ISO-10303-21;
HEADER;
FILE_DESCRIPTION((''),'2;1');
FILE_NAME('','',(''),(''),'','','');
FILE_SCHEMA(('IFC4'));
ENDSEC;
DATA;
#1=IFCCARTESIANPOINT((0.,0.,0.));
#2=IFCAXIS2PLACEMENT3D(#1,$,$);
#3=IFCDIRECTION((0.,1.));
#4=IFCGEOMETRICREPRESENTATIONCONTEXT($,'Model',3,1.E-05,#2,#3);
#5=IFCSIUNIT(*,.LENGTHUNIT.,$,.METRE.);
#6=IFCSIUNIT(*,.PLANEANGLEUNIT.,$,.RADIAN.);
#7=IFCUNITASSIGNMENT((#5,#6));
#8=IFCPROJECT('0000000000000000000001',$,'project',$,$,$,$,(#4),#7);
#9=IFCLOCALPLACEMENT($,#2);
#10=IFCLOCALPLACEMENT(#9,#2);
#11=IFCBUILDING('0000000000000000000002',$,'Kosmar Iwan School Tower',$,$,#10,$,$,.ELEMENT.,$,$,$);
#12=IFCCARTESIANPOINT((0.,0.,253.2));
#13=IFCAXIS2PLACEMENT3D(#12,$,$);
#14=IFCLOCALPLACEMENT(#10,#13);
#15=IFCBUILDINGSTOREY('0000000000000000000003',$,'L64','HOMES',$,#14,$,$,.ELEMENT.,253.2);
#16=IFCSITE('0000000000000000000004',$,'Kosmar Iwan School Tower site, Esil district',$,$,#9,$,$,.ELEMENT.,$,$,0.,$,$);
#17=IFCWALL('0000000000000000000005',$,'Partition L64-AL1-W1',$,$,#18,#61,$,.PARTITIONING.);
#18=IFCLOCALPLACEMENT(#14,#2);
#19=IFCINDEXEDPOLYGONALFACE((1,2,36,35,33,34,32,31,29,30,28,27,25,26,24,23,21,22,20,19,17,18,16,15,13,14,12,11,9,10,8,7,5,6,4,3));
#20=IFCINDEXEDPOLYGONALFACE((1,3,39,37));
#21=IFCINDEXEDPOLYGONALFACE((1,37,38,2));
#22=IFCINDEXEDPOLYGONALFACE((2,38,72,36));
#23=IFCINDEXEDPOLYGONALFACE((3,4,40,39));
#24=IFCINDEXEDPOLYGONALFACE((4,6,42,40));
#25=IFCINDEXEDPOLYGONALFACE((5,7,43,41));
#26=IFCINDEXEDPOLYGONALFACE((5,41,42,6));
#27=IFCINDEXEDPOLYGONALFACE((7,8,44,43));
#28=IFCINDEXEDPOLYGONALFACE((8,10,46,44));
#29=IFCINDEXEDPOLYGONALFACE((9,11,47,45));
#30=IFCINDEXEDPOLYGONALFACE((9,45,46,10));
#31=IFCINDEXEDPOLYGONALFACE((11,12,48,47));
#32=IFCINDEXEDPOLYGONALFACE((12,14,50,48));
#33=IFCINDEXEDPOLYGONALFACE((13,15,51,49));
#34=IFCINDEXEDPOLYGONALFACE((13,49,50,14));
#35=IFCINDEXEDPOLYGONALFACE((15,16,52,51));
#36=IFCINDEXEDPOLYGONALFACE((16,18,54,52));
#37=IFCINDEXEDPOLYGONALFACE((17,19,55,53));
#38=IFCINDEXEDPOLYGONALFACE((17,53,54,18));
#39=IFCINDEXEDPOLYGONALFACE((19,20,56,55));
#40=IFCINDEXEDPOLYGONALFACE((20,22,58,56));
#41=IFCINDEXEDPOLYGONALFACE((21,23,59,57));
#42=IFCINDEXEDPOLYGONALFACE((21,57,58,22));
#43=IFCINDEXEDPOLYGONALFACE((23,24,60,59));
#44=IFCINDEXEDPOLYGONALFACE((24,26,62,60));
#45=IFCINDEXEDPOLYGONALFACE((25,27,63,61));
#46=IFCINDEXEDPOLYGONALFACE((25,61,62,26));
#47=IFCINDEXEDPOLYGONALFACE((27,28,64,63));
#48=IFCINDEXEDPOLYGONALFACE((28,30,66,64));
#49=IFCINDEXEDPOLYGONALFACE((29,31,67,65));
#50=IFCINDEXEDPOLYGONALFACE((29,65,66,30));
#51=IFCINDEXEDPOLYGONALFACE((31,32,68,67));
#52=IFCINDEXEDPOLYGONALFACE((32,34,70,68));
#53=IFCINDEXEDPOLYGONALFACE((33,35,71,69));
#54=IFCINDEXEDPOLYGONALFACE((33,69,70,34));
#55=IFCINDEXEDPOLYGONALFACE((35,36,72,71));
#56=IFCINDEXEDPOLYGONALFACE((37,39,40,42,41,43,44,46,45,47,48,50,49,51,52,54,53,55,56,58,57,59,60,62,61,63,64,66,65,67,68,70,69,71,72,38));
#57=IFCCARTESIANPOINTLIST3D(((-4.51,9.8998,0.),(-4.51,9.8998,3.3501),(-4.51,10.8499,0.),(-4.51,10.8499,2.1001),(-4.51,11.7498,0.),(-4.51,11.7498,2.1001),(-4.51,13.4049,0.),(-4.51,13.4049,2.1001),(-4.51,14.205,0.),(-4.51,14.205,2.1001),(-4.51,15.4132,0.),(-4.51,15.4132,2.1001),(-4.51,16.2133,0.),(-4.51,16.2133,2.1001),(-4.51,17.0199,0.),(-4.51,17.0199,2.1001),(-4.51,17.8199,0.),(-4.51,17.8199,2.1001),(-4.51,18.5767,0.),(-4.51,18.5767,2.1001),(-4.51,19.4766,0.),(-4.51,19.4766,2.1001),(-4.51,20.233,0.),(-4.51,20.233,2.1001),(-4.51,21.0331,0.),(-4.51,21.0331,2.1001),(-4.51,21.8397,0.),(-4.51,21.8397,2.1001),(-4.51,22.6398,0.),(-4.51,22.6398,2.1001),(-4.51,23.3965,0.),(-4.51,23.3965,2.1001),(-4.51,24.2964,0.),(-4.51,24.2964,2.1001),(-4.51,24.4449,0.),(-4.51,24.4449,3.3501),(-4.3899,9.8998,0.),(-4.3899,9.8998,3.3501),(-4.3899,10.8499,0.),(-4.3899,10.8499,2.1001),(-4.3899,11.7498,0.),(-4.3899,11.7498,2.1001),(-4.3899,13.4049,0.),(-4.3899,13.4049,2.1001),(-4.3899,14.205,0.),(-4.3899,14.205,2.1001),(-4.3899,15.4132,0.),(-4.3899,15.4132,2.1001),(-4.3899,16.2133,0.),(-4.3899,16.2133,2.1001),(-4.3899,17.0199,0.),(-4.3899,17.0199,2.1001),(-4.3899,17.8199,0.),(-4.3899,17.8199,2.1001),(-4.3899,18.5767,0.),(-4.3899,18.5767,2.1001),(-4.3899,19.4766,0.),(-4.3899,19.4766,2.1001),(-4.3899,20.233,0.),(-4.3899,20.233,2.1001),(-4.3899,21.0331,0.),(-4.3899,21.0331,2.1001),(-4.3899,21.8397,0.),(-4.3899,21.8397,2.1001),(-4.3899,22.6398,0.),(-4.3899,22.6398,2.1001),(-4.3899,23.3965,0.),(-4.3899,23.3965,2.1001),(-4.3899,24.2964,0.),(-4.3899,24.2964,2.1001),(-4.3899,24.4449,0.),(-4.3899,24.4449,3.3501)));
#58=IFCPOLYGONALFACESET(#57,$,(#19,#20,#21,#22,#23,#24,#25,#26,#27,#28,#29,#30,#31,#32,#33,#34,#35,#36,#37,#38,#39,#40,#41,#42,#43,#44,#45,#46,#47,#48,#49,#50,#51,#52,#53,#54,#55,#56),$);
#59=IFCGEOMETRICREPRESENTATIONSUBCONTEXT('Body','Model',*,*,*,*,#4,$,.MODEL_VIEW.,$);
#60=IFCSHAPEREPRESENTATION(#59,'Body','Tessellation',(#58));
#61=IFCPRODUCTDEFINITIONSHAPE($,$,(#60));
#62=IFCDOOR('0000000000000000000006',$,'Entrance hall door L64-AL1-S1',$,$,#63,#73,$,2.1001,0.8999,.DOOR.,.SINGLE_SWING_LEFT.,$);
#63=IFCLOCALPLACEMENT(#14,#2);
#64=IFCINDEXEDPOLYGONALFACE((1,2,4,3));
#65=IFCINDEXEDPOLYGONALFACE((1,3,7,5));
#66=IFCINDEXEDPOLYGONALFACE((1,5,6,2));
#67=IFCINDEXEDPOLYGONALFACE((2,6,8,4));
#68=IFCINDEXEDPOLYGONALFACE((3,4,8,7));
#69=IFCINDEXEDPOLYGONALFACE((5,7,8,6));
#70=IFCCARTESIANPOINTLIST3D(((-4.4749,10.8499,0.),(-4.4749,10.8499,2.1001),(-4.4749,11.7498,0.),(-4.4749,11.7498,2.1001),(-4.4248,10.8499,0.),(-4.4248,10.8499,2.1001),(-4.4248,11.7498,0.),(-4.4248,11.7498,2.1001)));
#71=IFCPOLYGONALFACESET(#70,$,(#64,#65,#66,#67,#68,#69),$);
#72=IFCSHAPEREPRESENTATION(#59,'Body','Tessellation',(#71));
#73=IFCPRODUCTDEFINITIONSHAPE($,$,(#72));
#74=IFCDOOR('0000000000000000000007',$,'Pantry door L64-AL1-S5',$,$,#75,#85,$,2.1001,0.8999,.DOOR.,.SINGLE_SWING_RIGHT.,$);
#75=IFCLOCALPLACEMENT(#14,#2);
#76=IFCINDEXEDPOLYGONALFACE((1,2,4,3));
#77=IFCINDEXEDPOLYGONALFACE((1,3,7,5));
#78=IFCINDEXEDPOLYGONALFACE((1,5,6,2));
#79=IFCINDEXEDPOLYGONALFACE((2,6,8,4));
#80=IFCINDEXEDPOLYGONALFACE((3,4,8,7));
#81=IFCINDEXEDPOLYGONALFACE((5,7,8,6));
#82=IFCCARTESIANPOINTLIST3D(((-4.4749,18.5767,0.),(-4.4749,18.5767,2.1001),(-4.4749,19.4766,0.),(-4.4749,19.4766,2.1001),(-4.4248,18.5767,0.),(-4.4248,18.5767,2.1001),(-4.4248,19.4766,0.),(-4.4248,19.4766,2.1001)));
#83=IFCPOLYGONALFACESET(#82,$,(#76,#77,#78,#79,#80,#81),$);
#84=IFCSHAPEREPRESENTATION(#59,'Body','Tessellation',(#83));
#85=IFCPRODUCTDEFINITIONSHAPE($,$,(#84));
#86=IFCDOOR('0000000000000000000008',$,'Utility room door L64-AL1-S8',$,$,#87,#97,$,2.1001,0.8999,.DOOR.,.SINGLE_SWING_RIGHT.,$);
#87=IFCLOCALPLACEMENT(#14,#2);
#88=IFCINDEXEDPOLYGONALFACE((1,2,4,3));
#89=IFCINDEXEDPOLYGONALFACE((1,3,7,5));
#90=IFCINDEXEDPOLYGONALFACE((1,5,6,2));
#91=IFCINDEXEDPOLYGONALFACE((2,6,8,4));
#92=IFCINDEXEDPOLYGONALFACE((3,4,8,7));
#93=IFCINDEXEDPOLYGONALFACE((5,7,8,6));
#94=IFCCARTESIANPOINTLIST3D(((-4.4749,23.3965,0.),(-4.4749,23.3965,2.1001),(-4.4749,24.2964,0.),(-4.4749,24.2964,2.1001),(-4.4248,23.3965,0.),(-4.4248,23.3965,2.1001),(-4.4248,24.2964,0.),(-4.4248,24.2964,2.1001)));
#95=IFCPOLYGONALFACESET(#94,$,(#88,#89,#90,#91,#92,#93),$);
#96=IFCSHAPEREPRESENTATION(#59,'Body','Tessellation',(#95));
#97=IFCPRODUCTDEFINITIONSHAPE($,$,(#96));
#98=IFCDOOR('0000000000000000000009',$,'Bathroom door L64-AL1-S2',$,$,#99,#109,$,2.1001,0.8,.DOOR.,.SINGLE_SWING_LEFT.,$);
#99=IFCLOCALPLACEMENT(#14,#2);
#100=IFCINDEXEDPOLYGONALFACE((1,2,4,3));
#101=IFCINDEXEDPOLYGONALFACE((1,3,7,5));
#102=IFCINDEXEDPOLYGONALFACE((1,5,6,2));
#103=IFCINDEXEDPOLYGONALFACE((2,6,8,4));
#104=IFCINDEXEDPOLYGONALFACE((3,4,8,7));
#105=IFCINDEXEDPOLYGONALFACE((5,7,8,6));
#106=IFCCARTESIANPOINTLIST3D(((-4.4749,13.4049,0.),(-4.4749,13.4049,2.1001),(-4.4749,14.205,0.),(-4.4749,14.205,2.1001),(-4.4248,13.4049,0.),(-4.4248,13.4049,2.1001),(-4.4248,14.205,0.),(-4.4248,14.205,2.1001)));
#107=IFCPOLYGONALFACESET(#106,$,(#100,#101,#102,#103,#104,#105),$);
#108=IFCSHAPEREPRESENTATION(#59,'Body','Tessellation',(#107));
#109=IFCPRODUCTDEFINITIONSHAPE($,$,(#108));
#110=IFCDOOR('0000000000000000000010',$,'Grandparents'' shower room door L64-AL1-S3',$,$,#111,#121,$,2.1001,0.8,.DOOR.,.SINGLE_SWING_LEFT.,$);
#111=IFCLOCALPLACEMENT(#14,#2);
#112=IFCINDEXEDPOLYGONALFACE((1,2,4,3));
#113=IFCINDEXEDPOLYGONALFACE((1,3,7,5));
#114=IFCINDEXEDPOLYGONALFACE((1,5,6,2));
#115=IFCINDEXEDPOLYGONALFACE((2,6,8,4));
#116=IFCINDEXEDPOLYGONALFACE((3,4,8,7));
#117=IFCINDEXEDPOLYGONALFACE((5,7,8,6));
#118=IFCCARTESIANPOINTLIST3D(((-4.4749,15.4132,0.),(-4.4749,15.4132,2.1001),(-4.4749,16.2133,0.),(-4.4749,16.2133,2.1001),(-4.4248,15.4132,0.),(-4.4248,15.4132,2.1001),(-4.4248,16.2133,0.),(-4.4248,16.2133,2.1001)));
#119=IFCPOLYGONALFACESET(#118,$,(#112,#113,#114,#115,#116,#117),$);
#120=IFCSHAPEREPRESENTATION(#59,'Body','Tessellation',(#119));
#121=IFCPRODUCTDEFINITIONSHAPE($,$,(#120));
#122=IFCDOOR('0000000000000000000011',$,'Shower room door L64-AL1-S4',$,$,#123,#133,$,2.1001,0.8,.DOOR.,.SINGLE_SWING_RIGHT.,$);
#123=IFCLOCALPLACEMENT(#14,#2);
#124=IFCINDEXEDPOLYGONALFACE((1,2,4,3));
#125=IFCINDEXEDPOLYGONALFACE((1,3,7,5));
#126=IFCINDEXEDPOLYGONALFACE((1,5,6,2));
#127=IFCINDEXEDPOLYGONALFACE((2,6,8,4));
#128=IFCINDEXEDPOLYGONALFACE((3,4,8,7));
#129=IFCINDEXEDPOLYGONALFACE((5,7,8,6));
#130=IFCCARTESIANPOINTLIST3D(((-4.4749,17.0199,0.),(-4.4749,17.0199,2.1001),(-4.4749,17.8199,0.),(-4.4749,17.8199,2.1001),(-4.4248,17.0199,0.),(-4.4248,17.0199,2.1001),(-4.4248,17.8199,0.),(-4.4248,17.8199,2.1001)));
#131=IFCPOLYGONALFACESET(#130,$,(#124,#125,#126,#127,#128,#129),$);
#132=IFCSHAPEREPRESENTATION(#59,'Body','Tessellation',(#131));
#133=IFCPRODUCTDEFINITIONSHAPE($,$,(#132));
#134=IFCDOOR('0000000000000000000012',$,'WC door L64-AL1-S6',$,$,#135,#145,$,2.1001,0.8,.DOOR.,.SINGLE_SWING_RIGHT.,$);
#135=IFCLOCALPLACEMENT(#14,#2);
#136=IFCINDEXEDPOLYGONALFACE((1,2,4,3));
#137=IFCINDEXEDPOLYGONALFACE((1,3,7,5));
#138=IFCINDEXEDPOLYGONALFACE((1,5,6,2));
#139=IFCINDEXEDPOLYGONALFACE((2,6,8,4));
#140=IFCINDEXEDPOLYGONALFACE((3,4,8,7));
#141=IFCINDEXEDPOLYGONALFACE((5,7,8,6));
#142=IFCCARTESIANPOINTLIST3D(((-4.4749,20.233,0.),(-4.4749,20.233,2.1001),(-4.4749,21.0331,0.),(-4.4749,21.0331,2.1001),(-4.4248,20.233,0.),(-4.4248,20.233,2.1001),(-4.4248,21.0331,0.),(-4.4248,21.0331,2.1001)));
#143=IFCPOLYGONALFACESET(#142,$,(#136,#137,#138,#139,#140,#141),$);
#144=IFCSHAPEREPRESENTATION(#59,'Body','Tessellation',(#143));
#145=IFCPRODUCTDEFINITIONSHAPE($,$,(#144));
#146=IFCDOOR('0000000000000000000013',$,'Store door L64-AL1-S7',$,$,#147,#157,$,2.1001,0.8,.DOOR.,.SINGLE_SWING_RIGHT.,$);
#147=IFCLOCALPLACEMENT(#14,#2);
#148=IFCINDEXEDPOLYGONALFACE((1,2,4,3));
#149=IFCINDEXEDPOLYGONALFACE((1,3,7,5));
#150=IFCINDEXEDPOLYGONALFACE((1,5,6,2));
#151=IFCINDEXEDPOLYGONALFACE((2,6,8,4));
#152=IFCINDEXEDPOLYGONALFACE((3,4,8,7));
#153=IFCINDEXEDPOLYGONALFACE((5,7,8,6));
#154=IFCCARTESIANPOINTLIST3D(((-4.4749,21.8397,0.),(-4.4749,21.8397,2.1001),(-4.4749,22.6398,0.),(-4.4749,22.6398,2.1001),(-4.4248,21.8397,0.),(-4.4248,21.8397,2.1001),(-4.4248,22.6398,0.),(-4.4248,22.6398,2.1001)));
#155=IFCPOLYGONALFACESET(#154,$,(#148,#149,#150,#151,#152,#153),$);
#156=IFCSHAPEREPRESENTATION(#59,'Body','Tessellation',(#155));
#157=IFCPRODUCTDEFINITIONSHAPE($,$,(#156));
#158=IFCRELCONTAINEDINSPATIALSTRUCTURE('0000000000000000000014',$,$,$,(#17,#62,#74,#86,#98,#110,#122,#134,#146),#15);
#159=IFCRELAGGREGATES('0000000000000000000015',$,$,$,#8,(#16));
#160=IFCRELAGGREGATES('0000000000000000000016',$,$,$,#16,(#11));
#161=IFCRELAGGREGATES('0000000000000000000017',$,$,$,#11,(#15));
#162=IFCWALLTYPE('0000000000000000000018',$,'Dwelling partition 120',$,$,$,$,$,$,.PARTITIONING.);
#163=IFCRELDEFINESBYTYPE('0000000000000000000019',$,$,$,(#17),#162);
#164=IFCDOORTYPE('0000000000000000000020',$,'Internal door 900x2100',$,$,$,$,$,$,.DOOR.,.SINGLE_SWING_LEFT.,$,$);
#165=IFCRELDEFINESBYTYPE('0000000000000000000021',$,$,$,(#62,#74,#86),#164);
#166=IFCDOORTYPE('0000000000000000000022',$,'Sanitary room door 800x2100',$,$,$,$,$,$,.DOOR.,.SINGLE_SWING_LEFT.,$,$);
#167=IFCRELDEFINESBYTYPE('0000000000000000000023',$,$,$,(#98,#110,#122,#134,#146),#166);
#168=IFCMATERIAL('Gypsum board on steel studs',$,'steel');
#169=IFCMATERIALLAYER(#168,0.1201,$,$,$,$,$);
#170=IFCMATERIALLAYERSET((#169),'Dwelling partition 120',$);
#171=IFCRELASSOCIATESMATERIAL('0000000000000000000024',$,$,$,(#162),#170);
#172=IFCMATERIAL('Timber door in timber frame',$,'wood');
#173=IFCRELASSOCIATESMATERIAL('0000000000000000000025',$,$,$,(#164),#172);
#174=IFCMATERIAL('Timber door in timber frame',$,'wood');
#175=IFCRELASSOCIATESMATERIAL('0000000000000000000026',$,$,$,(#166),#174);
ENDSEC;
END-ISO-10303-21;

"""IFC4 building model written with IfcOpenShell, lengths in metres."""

from ifc_helpers import new_model, si_unit, direction, frame, frame_2d, origin, place, context, subcontext, project, spatial, rectangle, extrude, material, layer, layer_set, type_object, element, fill, save


model = new_model("IFC4")

# Units and contexts
model_context = context("Model", 3, precision=1e-05, world=origin(), true_north=direction((0.0, 1.0)))
body_context = subcontext(model_context, "Body", "Model", "MODEL_VIEW")
ifc_project = project(units=[si_unit("LENGTHUNIT", "METRE"), si_unit("PLANEANGLEUNIT", "RADIAN")], contexts=[model_context])

# Site, building, storey
site_placement = place(None, origin())
site = spatial("IfcSite", under=ifc_project, at=site_placement, Name="Kosmar Iwan School Tower site, Esil district", CompositionType="ELEMENT", RefElevation=0.0)
building_placement = place(site_placement, origin())
building = spatial("IfcBuilding", under=site, at=building_placement, Name="Kosmar Iwan School Tower", CompositionType="ELEMENT")
storey_placement = place(building_placement, frame((0.0, 0.0, 253.2)))
storey = spatial("IfcBuildingStorey", under=building, at=storey_placement, Name="L64", Description="HOMES", CompositionType="ELEMENT", Elevation=253.2)

# Wall, openings, doors
ifc_material_1 = material(Name="Gypsum board on steel studs", Category="steel")
ifc_layer_1 = layer(ifc_material_1, 0.1201)
ifc_layer_set_1 = layer_set([ifc_layer_1], Name="Dwelling partition 120")
wall_type_1 = type_object("IfcWallType", Name="Dwelling partition 120", PredefinedType="PARTITIONING", material=ifc_layer_set_1)
wall_1_placement = place(storey_placement, frame((-4.45, 9.8999, 0.0), z_axis=(0.0, 0.0, 1.0), x_axis=(0.0, 1.0, 0.0)))
wall_1 = element("IfcWall", 1, at=wall_1_placement, inside=storey, type_object=wall_type_1, Name="Partition L64-AL1-W1", PredefinedType="PARTITIONING", context=body_context, shape_type="SweptSolid", body=[
    extrude(rectangle(XDim=14.5452, YDim=0.1201, at=frame_2d((7.2725, 0.0))), origin(), (0.0, 0.0, 1.0), 3.3501),
])
opening_1_placement = place(wall_1_placement, frame((0.95, 0.0, 0.0)))
opening_1 = element("IfcOpeningElement", 2, at=opening_1_placement, cuts=wall_1, PredefinedType="OPENING", context=body_context, shape_type="SweptSolid", body=[
    extrude(rectangle(XDim=0.8999, YDim=2.1001, at=frame_2d((0.45, 1.05))), frame((0.0, 0.072, 0.0), z_axis=(0.0, -1.0, 0.0), x_axis=(1.0, 0.0, 0.0)), (0.0, 0.0, 1.0), 0.144),
])
opening_2_placement = place(wall_1_placement, frame((3.5051, 0.0, 0.0)))
opening_2 = element("IfcOpeningElement", 3, at=opening_2_placement, cuts=wall_1, PredefinedType="OPENING", context=body_context, shape_type="SweptSolid", body=[
    extrude(rectangle(XDim=0.8, YDim=2.1001, at=frame_2d((0.3999, 1.05))), frame((0.0, 0.072, 0.0), z_axis=(0.0, -1.0, 0.0), x_axis=(1.0, 0.0, 0.0)), (0.0, 0.0, 1.0), 0.144),
])
opening_3_placement = place(wall_1_placement, frame((5.5134, 0.0, 0.0)))
opening_3 = element("IfcOpeningElement", 4, at=opening_3_placement, cuts=wall_1, PredefinedType="OPENING", context=body_context, shape_type="SweptSolid", body=[
    extrude(rectangle(XDim=0.8, YDim=2.1001, at=frame_2d((0.3999, 1.05))), frame((0.0, 0.072, 0.0), z_axis=(0.0, -1.0, 0.0), x_axis=(1.0, 0.0, 0.0)), (0.0, 0.0, 1.0), 0.144),
])
opening_4_placement = place(wall_1_placement, frame((7.1201, 0.0, 0.0)))
opening_4 = element("IfcOpeningElement", 5, at=opening_4_placement, cuts=wall_1, PredefinedType="OPENING", context=body_context, shape_type="SweptSolid", body=[
    extrude(rectangle(XDim=0.8, YDim=2.1001, at=frame_2d((0.3999, 1.05))), frame((0.0, 0.072, 0.0), z_axis=(0.0, -1.0, 0.0), x_axis=(1.0, 0.0, 0.0)), (0.0, 0.0, 1.0), 0.144),
])
opening_5_placement = place(wall_1_placement, frame((8.6768, 0.0, 0.0)))
opening_5 = element("IfcOpeningElement", 6, at=opening_5_placement, cuts=wall_1, PredefinedType="OPENING", context=body_context, shape_type="SweptSolid", body=[
    extrude(rectangle(XDim=0.8999, YDim=2.1001, at=frame_2d((0.45, 1.05))), frame((0.0, 0.072, 0.0), z_axis=(0.0, -1.0, 0.0), x_axis=(1.0, 0.0, 0.0)), (0.0, 0.0, 1.0), 0.144),
])
opening_6_placement = place(wall_1_placement, frame((10.3333, 0.0, 0.0)))
opening_6 = element("IfcOpeningElement", 7, at=opening_6_placement, cuts=wall_1, PredefinedType="OPENING", context=body_context, shape_type="SweptSolid", body=[
    extrude(rectangle(XDim=0.8, YDim=2.1001, at=frame_2d((0.3999, 1.05))), frame((0.0, 0.072, 0.0), z_axis=(0.0, -1.0, 0.0), x_axis=(1.0, 0.0, 0.0)), (0.0, 0.0, 1.0), 0.144),
])
opening_7_placement = place(wall_1_placement, frame((11.9399, 0.0, 0.0)))
opening_7 = element("IfcOpeningElement", 8, at=opening_7_placement, cuts=wall_1, PredefinedType="OPENING", context=body_context, shape_type="SweptSolid", body=[
    extrude(rectangle(XDim=0.8, YDim=2.1001, at=frame_2d((0.3999, 1.05))), frame((0.0, 0.072, 0.0), z_axis=(0.0, -1.0, 0.0), x_axis=(1.0, 0.0, 0.0)), (0.0, 0.0, 1.0), 0.144),
])
opening_8_placement = place(wall_1_placement, frame((13.4966, 0.0, 0.0)))
opening_8 = element("IfcOpeningElement", 9, at=opening_8_placement, cuts=wall_1, PredefinedType="OPENING", context=body_context, shape_type="SweptSolid", body=[
    extrude(rectangle(XDim=0.8999, YDim=2.1001, at=frame_2d((0.45, 1.05))), frame((0.0, 0.072, 0.0), z_axis=(0.0, -1.0, 0.0), x_axis=(1.0, 0.0, 0.0)), (0.0, 0.0, 1.0), 0.144),
])
ifc_material_2 = material(Name="Timber door in timber frame", Category="wood")
door_type_1 = type_object("IfcDoorType", Name="Internal door 900x2100", OperationType="SINGLE_SWING_LEFT", PredefinedType="DOOR", material=ifc_material_2)
door_1_placement = place(opening_1_placement, origin())
door_1 = element("IfcDoor", 10, at=door_1_placement, inside=storey, type_object=door_type_1, Name="Entrance hall door L64-AL1-S1", OperationType="SINGLE_SWING_LEFT", OverallHeight=2.1001, OverallWidth=0.8999, PredefinedType="DOOR", context=body_context, shape_type="SweptSolid", body=[
    extrude(rectangle(XDim=0.8999, YDim=2.1001, at=frame_2d((0.45, 1.05))), frame((0.0, 0.0249, 0.0), z_axis=(0.0, -1.0, 0.0), x_axis=(1.0, 0.0, 0.0)), (0.0, 0.0, 1.0), 0.05),
])
fill(opening_1, door_1)
door_2_placement = place(opening_5_placement, origin())
door_2 = element("IfcDoor", 11, at=door_2_placement, inside=storey, type_object=door_type_1, Name="Pantry door L64-AL1-S5", OperationType="SINGLE_SWING_RIGHT", OverallHeight=2.1001, OverallWidth=0.8999, PredefinedType="DOOR", context=body_context, shape_type="SweptSolid", body=[
    extrude(rectangle(XDim=0.8999, YDim=2.1001, at=frame_2d((0.45, 1.05))), frame((0.0, 0.0249, 0.0), z_axis=(0.0, -1.0, 0.0), x_axis=(1.0, 0.0, 0.0)), (0.0, 0.0, 1.0), 0.05),
])
fill(opening_5, door_2)
door_3_placement = place(opening_8_placement, origin())
door_3 = element("IfcDoor", 12, at=door_3_placement, inside=storey, type_object=door_type_1, Name="Utility room door L64-AL1-S8", OperationType="SINGLE_SWING_RIGHT", OverallHeight=2.1001, OverallWidth=0.8999, PredefinedType="DOOR", context=body_context, shape_type="SweptSolid", body=[
    extrude(rectangle(XDim=0.8999, YDim=2.1001, at=frame_2d((0.45, 1.05))), frame((0.0, 0.0249, 0.0), z_axis=(0.0, -1.0, 0.0), x_axis=(1.0, 0.0, 0.0)), (0.0, 0.0, 1.0), 0.05),
])
fill(opening_8, door_3)
ifc_material_3 = material(Name="Timber door in timber frame", Category="wood")
door_type_2 = type_object("IfcDoorType", Name="Sanitary room door 800x2100", OperationType="SINGLE_SWING_LEFT", PredefinedType="DOOR", material=ifc_material_3)
door_4_placement = place(opening_2_placement, origin())
door_4 = element("IfcDoor", 13, at=door_4_placement, inside=storey, type_object=door_type_2, Name="Bathroom door L64-AL1-S2", OperationType="SINGLE_SWING_LEFT", OverallHeight=2.1001, OverallWidth=0.8, PredefinedType="DOOR", context=body_context, shape_type="SweptSolid", body=[
    extrude(rectangle(XDim=0.8, YDim=2.1001, at=frame_2d((0.3999, 1.05))), frame((0.0, 0.0249, 0.0), z_axis=(0.0, -1.0, 0.0), x_axis=(1.0, 0.0, 0.0)), (0.0, 0.0, 1.0), 0.05),
])
fill(opening_2, door_4)
door_5_placement = place(opening_3_placement, origin())
door_5 = element("IfcDoor", 14, at=door_5_placement, inside=storey, type_object=door_type_2, Name="Grandparents' shower room door L64-AL1-S3", OperationType="SINGLE_SWING_LEFT", OverallHeight=2.1001, OverallWidth=0.8, PredefinedType="DOOR", context=body_context, shape_type="SweptSolid", body=[
    extrude(rectangle(XDim=0.8, YDim=2.1001, at=frame_2d((0.3999, 1.05))), frame((0.0, 0.0249, 0.0), z_axis=(0.0, -1.0, 0.0), x_axis=(1.0, 0.0, 0.0)), (0.0, 0.0, 1.0), 0.05),
])
fill(opening_3, door_5)
door_6_placement = place(opening_4_placement, origin())
door_6 = element("IfcDoor", 15, at=door_6_placement, inside=storey, type_object=door_type_2, Name="Shower room door L64-AL1-S4", OperationType="SINGLE_SWING_RIGHT", OverallHeight=2.1001, OverallWidth=0.8, PredefinedType="DOOR", context=body_context, shape_type="SweptSolid", body=[
    extrude(rectangle(XDim=0.8, YDim=2.1001, at=frame_2d((0.3999, 1.05))), frame((0.0, 0.0249, 0.0), z_axis=(0.0, -1.0, 0.0), x_axis=(1.0, 0.0, 0.0)), (0.0, 0.0, 1.0), 0.05),
])
fill(opening_4, door_6)
door_7_placement = place(opening_6_placement, origin())
door_7 = element("IfcDoor", 16, at=door_7_placement, inside=storey, type_object=door_type_2, Name="WC door L64-AL1-S6", OperationType="SINGLE_SWING_RIGHT", OverallHeight=2.1001, OverallWidth=0.8, PredefinedType="DOOR", context=body_context, shape_type="SweptSolid", body=[
    extrude(rectangle(XDim=0.8, YDim=2.1001, at=frame_2d((0.3999, 1.05))), frame((0.0, 0.0249, 0.0), z_axis=(0.0, -1.0, 0.0), x_axis=(1.0, 0.0, 0.0)), (0.0, 0.0, 1.0), 0.05),
])
fill(opening_6, door_7)
door_8_placement = place(opening_7_placement, origin())
door_8 = element("IfcDoor", 17, at=door_8_placement, inside=storey, type_object=door_type_2, Name="Store door L64-AL1-S7", OperationType="SINGLE_SWING_RIGHT", OverallHeight=2.1001, OverallWidth=0.8, PredefinedType="DOOR", context=body_context, shape_type="SweptSolid", body=[
    extrude(rectangle(XDim=0.8, YDim=2.1001, at=frame_2d((0.3999, 1.05))), frame((0.0, 0.0249, 0.0), z_axis=(0.0, -1.0, 0.0), x_axis=(1.0, 0.0, 0.0)), (0.0, 0.0, 1.0), 0.05),
])
fill(opening_7, door_8)

save(model, "model.ifc")
